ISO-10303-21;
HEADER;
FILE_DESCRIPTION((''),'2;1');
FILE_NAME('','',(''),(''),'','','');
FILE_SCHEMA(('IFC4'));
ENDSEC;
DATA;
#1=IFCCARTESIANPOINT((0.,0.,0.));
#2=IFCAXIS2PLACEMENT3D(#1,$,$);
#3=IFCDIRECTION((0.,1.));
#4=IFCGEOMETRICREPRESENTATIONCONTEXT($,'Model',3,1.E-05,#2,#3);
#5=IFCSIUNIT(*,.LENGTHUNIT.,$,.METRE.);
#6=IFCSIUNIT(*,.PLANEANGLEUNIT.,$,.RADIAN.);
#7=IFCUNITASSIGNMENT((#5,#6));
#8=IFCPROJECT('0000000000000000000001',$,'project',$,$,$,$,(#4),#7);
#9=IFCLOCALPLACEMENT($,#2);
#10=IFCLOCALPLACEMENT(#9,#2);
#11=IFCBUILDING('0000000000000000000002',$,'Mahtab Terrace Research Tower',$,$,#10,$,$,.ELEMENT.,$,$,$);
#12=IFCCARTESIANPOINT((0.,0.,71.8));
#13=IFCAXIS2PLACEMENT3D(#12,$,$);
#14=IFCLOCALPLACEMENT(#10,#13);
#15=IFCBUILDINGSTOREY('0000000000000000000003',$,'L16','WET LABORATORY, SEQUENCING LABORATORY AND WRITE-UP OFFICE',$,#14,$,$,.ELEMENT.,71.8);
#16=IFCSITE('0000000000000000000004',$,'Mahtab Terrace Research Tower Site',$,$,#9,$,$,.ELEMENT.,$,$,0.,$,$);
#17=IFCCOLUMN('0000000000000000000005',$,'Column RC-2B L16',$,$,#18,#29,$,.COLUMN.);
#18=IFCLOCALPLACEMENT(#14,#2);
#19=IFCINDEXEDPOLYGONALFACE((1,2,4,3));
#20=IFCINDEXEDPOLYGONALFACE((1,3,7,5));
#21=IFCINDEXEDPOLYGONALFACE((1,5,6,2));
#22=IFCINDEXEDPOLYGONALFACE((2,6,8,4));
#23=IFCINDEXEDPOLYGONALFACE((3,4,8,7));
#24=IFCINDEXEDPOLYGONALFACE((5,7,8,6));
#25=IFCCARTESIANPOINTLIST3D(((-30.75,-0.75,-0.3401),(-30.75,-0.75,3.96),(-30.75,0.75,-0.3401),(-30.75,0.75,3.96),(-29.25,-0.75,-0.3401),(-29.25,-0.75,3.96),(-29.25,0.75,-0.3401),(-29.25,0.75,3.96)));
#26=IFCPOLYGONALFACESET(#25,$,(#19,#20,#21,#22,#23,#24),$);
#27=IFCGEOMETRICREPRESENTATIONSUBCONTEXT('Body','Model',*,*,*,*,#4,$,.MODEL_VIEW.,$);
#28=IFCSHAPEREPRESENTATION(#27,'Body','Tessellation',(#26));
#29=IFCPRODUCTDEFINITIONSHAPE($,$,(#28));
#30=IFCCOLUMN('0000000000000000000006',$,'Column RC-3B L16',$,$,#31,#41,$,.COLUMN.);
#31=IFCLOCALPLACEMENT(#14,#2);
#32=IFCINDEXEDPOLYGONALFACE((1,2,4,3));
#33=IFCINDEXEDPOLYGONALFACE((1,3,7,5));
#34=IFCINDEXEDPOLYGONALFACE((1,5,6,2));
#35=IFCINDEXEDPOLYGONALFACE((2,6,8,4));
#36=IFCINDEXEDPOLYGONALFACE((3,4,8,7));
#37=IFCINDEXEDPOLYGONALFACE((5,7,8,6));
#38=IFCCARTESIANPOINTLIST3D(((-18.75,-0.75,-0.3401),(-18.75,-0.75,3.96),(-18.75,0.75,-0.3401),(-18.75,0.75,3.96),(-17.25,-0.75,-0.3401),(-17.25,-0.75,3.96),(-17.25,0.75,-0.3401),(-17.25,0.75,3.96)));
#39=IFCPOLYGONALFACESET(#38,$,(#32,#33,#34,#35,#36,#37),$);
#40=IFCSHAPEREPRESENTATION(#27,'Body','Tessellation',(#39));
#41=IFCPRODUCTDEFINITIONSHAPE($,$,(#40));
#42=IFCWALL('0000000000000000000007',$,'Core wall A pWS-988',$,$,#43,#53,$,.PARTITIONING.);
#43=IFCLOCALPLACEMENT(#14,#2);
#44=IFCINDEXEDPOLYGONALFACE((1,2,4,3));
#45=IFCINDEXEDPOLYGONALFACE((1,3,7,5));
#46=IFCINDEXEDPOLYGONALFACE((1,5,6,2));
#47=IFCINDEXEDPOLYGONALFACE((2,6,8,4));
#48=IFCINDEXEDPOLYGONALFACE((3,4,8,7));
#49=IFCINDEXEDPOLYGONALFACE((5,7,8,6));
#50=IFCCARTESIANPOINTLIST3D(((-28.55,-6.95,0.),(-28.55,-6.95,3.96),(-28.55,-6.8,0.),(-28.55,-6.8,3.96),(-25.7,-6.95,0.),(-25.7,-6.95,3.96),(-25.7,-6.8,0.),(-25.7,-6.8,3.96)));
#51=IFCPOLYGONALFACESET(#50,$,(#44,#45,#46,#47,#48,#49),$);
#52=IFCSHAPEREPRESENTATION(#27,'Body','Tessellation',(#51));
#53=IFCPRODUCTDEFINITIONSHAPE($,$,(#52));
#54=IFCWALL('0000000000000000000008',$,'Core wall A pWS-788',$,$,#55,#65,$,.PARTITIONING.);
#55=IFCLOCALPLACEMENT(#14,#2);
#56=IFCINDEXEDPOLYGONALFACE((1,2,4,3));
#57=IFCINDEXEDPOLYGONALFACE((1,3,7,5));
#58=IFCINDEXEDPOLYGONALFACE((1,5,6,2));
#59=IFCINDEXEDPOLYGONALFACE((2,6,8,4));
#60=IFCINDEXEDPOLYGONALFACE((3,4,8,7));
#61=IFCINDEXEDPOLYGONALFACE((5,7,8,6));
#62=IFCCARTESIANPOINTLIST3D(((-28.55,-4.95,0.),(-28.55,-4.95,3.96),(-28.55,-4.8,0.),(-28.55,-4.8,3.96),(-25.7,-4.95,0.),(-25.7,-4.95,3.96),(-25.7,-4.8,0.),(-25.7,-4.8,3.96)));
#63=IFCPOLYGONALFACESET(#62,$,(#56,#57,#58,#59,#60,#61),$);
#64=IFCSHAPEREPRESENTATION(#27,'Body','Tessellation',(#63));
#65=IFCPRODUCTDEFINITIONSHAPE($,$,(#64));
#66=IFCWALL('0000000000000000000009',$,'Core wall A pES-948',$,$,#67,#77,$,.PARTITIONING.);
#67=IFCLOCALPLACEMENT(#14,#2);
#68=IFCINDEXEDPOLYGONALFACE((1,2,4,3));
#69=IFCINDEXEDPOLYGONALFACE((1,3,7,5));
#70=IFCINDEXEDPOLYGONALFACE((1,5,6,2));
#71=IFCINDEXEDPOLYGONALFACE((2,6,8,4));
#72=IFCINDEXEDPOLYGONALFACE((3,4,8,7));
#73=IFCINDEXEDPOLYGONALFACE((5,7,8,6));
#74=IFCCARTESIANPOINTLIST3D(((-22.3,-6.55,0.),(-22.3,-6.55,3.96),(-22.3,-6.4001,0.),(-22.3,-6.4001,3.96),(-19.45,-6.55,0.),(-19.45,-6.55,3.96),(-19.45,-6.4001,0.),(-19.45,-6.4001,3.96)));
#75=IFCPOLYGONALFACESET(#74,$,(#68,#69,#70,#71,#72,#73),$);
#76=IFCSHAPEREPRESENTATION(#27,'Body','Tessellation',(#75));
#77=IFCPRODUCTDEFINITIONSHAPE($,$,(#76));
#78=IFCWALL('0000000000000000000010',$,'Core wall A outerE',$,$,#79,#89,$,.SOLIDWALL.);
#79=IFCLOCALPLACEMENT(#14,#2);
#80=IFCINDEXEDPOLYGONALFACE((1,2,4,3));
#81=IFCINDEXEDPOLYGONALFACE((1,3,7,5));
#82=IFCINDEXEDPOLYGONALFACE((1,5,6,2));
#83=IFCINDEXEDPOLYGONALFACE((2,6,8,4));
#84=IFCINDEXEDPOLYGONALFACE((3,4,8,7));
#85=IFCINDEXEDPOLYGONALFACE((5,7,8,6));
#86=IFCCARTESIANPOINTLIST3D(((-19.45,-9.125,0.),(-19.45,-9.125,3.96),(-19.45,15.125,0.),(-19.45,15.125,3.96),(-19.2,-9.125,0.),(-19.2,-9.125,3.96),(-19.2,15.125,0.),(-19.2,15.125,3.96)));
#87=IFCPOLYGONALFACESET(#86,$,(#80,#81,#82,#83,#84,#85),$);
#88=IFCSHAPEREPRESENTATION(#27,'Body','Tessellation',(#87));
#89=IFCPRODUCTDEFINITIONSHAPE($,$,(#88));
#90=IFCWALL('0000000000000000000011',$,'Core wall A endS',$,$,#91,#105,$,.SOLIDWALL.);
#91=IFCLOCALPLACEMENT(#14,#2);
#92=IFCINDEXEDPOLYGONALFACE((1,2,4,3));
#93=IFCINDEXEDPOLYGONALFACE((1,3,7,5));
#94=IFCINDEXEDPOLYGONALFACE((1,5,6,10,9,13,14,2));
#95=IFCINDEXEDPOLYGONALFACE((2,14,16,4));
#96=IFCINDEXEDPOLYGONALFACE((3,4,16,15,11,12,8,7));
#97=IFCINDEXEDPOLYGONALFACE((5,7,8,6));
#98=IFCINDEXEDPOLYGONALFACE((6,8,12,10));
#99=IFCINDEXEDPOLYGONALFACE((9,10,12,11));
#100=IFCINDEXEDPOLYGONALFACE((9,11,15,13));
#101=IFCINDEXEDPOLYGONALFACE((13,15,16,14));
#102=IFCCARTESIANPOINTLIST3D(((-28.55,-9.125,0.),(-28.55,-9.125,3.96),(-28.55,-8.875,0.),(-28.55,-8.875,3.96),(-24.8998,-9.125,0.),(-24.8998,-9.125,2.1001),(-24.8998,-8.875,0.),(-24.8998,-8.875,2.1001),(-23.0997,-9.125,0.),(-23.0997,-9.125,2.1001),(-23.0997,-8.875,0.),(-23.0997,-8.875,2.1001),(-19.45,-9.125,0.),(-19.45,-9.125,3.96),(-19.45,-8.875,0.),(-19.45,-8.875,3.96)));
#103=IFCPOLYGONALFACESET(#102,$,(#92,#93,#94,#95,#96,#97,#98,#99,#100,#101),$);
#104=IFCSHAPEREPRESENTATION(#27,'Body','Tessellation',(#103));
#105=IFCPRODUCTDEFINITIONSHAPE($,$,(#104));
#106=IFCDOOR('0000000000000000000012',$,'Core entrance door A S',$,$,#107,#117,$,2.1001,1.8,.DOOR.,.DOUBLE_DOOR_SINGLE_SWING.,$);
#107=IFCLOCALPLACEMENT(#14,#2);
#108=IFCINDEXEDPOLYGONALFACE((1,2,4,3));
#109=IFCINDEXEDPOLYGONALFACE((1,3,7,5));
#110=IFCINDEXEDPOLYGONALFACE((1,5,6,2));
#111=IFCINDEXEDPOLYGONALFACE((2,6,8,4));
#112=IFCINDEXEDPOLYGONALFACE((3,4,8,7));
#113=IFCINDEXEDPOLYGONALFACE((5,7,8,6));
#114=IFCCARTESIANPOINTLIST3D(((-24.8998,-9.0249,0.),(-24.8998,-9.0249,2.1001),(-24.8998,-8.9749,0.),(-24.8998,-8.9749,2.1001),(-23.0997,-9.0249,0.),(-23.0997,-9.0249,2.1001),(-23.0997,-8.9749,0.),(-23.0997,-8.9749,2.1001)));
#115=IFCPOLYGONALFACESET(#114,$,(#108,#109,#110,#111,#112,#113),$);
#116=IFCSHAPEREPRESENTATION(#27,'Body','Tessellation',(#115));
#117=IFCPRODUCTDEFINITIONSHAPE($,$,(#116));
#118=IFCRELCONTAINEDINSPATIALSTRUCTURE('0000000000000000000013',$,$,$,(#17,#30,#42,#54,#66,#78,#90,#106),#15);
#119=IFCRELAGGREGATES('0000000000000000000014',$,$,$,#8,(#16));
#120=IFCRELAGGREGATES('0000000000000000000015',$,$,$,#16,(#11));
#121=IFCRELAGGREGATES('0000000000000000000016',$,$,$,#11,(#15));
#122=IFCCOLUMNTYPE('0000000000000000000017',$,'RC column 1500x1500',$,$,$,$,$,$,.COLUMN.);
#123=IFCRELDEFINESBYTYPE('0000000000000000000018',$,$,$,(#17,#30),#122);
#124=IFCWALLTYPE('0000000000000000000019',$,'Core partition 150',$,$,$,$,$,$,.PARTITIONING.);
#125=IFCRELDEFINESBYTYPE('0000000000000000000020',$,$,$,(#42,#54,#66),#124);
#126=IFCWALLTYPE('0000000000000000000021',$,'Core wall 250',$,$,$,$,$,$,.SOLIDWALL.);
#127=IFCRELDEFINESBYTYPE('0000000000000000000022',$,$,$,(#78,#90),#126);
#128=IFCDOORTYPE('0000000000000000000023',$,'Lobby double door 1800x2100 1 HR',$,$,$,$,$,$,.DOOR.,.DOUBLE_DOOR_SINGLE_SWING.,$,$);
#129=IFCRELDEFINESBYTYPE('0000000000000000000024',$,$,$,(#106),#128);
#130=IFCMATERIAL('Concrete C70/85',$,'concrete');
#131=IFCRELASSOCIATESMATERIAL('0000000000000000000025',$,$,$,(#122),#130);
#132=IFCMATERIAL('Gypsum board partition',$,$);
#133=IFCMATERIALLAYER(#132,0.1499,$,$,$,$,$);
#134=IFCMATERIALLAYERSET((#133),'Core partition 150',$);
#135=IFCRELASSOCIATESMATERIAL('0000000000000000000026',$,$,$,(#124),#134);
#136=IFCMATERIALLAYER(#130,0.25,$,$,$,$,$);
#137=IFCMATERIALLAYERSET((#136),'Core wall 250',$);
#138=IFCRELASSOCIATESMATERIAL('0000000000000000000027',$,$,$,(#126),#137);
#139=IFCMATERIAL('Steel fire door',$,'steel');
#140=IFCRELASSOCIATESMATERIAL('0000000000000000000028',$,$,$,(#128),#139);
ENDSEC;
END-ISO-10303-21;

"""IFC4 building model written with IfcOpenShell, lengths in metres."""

from ifc_helpers import new_model, si_unit, direction, frame, frame_2d, origin, origin_2d, place, context, subcontext, project, spatial, rectangle, extrude, material, layer, layer_set, material_profile, profile_set, type_object, element, fill, save


model = new_model("IFC4")

# Units and contexts
model_context = context("Model", 3, precision=1e-05, world=origin(), true_north=direction((0.0, 1.0)))
body_context = subcontext(model_context, "Body", "Model", "MODEL_VIEW")
ifc_project = project(units=[si_unit("LENGTHUNIT", "METRE"), si_unit("PLANEANGLEUNIT", "RADIAN")], contexts=[model_context])

# Site, building, storey
site_placement = place(None, origin())
site = spatial("IfcSite", under=ifc_project, at=site_placement, Name="Mahtab Terrace Research Tower Site", CompositionType="ELEMENT", RefElevation=0.0)
building_placement = place(site_placement, origin())
building = spatial("IfcBuilding", under=site, at=building_placement, Name="Mahtab Terrace Research Tower", CompositionType="ELEMENT")
storey_placement = place(building_placement, frame((0.0, 0.0, 71.8)))
storey = spatial("IfcBuildingStorey", under=building, at=storey_placement, Name="L16", Description="WET LABORATORY, SEQUENCING LABORATORY AND WRITE-UP OFFICE", CompositionType="ELEMENT", Elevation=71.8)

# Columns
ifc_material_1 = material(Name="Concrete C70/85", Category="concrete")
ifc_material_profile = material_profile(ifc_material_1, rectangle(XDim=1.5, YDim=1.5, at=origin_2d()), Name="RC column 1500x1500")
ifc_profile_set = profile_set([ifc_material_profile], Name="Concrete C70/85")
column_type = type_object("IfcColumnType", Name="RC column 1500x1500", PredefinedType="COLUMN", material=ifc_profile_set)
for number, where, z_axis, x_axis, name in (
    (1, (-30.0, 0.0, -0.3401), (0.0, 0.0, 1.0), (1.0, 0.0, 0.0), "Column RC-2B L16"),
    (2, (-18.0, 0.0, -0.3401), (0.0, 0.0, 1.0), (1.0, 0.0, 0.0), "Column RC-3B L16"),
):
    element("IfcColumn", number, at=place(storey_placement, frame(where, z_axis=z_axis, x_axis=x_axis)), inside=storey, type_object=column_type, Name=name, PredefinedType="COLUMN", context=body_context, shape_type="SweptSolid", body=[
        extrude(rectangle(XDim=1.5, YDim=1.5, at=origin_2d()), origin(), (0.0, 0.0, 1.0), 4.3),
    ])

# Walls
ifc_material_2 = material(Name="Gypsum board partition")
ifc_layer_1 = layer(ifc_material_2, 0.1499)
ifc_layer_set_1 = layer_set([ifc_layer_1], Name="Core partition 150")
wall_type_1 = type_object("IfcWallType", Name="Core partition 150", PredefinedType="PARTITIONING", material=ifc_layer_set_1)
for number, where, z_axis, x_axis, name in (
    (3, (-28.55, -6.875, 0.0), (0.0, 0.0, 1.0), (1.0, 0.0, 0.0), "Core wall A pWS-988"),
    (4, (-28.55, -4.875, 0.0), (0.0, 0.0, 1.0), (1.0, 0.0, 0.0), "Core wall A pWS-788"),
    (5, (-22.3, -6.4751, 0.0), (0.0, 0.0, 1.0), (1.0, 0.0, 0.0), "Core wall A pES-948"),
):
    element("IfcWall", number, at=place(storey_placement, frame(where, z_axis=z_axis, x_axis=x_axis)), inside=storey, type_object=wall_type_1, Name=name, PredefinedType="PARTITIONING", context=body_context, shape_type="SweptSolid", body=[
        extrude(rectangle(XDim=2.8501, YDim=0.1499, at=frame_2d((1.425, 0.0))), origin(), (0.0, 0.0, 1.0), 3.96),
    ])
ifc_layer_2 = layer(ifc_material_1, 0.25)
ifc_layer_set_2 = layer_set([ifc_layer_2], Name="Core wall 250")
wall_type_2 = type_object("IfcWallType", Name="Core wall 250", PredefinedType="SOLIDWALL", material=ifc_layer_set_2)
wall_1_placement = place(storey_placement, frame((-19.325, -9.125, 0.0), z_axis=(0.0, 0.0, 1.0), x_axis=(0.0, 1.0, 0.0)))
element("IfcWall", 6, at=wall_1_placement, inside=storey, type_object=wall_type_2, Name="Core wall A outerE", PredefinedType="SOLIDWALL", context=body_context, shape_type="SweptSolid", body=[
    extrude(rectangle(XDim=24.25, YDim=0.25, at=frame_2d((12.125, 0.0))), origin(), (0.0, 0.0, 1.0), 3.96),
])

# Wall, opening, door
wall_2_placement = place(storey_placement, frame((-19.45, -9.0, 0.0), z_axis=(0.0, 0.0, 1.0), x_axis=(-1.0, 0.0, 0.0)))
wall_2 = element("IfcWall", 7, at=wall_2_placement, inside=storey, type_object=wall_type_2, Name="Core wall A endS", PredefinedType="SOLIDWALL", context=body_context, shape_type="SweptSolid", body=[
    extrude(rectangle(XDim=9.1001, YDim=0.25, at=frame_2d((4.55, 0.0))), origin(), (0.0, 0.0, 1.0), 3.96),
])
opening_1_placement = place(wall_2_placement, frame((3.6499, 0.0, 0.0)))
opening_1 = element("IfcOpeningElement", 8, at=opening_1_placement, cuts=wall_2, PredefinedType="OPENING", context=body_context, shape_type="SweptSolid", body=[
    extrude(rectangle(XDim=1.8, YDim=2.1001, at=frame_2d((0.8999, 1.05))), frame((0.0, 0.135, 0.0), z_axis=(0.0, -1.0, 0.0), x_axis=(1.0, 0.0, 0.0)), (0.0, 0.0, 1.0), 0.27),
])
ifc_material_3 = material(Name="Steel fire door", Category="steel")
door_type_1 = type_object("IfcDoorType", Name="Lobby double door 1800x2100 1 HR", OperationType="DOUBLE_DOOR_SINGLE_SWING", PredefinedType="DOOR", material=ifc_material_3)
door_1_placement = place(opening_1_placement, origin())
door_1 = element("IfcDoor", 9, at=door_1_placement, inside=storey, type_object=door_type_1, Name="Core entrance door A S", OperationType="DOUBLE_DOOR_SINGLE_SWING", OverallHeight=2.1001, OverallWidth=1.8, PredefinedType="DOOR", context=body_context, shape_type="SweptSolid", body=[
    extrude(rectangle(XDim=1.8, YDim=2.1001, at=frame_2d((0.8999, 1.05))), frame((0.0, 0.0249, 0.0), z_axis=(0.0, -1.0, 0.0), x_axis=(1.0, 0.0, 0.0)), (0.0, 0.0, 1.0), 0.05),
])
fill(opening_1, door_1)

save(model, "model.ifc")
